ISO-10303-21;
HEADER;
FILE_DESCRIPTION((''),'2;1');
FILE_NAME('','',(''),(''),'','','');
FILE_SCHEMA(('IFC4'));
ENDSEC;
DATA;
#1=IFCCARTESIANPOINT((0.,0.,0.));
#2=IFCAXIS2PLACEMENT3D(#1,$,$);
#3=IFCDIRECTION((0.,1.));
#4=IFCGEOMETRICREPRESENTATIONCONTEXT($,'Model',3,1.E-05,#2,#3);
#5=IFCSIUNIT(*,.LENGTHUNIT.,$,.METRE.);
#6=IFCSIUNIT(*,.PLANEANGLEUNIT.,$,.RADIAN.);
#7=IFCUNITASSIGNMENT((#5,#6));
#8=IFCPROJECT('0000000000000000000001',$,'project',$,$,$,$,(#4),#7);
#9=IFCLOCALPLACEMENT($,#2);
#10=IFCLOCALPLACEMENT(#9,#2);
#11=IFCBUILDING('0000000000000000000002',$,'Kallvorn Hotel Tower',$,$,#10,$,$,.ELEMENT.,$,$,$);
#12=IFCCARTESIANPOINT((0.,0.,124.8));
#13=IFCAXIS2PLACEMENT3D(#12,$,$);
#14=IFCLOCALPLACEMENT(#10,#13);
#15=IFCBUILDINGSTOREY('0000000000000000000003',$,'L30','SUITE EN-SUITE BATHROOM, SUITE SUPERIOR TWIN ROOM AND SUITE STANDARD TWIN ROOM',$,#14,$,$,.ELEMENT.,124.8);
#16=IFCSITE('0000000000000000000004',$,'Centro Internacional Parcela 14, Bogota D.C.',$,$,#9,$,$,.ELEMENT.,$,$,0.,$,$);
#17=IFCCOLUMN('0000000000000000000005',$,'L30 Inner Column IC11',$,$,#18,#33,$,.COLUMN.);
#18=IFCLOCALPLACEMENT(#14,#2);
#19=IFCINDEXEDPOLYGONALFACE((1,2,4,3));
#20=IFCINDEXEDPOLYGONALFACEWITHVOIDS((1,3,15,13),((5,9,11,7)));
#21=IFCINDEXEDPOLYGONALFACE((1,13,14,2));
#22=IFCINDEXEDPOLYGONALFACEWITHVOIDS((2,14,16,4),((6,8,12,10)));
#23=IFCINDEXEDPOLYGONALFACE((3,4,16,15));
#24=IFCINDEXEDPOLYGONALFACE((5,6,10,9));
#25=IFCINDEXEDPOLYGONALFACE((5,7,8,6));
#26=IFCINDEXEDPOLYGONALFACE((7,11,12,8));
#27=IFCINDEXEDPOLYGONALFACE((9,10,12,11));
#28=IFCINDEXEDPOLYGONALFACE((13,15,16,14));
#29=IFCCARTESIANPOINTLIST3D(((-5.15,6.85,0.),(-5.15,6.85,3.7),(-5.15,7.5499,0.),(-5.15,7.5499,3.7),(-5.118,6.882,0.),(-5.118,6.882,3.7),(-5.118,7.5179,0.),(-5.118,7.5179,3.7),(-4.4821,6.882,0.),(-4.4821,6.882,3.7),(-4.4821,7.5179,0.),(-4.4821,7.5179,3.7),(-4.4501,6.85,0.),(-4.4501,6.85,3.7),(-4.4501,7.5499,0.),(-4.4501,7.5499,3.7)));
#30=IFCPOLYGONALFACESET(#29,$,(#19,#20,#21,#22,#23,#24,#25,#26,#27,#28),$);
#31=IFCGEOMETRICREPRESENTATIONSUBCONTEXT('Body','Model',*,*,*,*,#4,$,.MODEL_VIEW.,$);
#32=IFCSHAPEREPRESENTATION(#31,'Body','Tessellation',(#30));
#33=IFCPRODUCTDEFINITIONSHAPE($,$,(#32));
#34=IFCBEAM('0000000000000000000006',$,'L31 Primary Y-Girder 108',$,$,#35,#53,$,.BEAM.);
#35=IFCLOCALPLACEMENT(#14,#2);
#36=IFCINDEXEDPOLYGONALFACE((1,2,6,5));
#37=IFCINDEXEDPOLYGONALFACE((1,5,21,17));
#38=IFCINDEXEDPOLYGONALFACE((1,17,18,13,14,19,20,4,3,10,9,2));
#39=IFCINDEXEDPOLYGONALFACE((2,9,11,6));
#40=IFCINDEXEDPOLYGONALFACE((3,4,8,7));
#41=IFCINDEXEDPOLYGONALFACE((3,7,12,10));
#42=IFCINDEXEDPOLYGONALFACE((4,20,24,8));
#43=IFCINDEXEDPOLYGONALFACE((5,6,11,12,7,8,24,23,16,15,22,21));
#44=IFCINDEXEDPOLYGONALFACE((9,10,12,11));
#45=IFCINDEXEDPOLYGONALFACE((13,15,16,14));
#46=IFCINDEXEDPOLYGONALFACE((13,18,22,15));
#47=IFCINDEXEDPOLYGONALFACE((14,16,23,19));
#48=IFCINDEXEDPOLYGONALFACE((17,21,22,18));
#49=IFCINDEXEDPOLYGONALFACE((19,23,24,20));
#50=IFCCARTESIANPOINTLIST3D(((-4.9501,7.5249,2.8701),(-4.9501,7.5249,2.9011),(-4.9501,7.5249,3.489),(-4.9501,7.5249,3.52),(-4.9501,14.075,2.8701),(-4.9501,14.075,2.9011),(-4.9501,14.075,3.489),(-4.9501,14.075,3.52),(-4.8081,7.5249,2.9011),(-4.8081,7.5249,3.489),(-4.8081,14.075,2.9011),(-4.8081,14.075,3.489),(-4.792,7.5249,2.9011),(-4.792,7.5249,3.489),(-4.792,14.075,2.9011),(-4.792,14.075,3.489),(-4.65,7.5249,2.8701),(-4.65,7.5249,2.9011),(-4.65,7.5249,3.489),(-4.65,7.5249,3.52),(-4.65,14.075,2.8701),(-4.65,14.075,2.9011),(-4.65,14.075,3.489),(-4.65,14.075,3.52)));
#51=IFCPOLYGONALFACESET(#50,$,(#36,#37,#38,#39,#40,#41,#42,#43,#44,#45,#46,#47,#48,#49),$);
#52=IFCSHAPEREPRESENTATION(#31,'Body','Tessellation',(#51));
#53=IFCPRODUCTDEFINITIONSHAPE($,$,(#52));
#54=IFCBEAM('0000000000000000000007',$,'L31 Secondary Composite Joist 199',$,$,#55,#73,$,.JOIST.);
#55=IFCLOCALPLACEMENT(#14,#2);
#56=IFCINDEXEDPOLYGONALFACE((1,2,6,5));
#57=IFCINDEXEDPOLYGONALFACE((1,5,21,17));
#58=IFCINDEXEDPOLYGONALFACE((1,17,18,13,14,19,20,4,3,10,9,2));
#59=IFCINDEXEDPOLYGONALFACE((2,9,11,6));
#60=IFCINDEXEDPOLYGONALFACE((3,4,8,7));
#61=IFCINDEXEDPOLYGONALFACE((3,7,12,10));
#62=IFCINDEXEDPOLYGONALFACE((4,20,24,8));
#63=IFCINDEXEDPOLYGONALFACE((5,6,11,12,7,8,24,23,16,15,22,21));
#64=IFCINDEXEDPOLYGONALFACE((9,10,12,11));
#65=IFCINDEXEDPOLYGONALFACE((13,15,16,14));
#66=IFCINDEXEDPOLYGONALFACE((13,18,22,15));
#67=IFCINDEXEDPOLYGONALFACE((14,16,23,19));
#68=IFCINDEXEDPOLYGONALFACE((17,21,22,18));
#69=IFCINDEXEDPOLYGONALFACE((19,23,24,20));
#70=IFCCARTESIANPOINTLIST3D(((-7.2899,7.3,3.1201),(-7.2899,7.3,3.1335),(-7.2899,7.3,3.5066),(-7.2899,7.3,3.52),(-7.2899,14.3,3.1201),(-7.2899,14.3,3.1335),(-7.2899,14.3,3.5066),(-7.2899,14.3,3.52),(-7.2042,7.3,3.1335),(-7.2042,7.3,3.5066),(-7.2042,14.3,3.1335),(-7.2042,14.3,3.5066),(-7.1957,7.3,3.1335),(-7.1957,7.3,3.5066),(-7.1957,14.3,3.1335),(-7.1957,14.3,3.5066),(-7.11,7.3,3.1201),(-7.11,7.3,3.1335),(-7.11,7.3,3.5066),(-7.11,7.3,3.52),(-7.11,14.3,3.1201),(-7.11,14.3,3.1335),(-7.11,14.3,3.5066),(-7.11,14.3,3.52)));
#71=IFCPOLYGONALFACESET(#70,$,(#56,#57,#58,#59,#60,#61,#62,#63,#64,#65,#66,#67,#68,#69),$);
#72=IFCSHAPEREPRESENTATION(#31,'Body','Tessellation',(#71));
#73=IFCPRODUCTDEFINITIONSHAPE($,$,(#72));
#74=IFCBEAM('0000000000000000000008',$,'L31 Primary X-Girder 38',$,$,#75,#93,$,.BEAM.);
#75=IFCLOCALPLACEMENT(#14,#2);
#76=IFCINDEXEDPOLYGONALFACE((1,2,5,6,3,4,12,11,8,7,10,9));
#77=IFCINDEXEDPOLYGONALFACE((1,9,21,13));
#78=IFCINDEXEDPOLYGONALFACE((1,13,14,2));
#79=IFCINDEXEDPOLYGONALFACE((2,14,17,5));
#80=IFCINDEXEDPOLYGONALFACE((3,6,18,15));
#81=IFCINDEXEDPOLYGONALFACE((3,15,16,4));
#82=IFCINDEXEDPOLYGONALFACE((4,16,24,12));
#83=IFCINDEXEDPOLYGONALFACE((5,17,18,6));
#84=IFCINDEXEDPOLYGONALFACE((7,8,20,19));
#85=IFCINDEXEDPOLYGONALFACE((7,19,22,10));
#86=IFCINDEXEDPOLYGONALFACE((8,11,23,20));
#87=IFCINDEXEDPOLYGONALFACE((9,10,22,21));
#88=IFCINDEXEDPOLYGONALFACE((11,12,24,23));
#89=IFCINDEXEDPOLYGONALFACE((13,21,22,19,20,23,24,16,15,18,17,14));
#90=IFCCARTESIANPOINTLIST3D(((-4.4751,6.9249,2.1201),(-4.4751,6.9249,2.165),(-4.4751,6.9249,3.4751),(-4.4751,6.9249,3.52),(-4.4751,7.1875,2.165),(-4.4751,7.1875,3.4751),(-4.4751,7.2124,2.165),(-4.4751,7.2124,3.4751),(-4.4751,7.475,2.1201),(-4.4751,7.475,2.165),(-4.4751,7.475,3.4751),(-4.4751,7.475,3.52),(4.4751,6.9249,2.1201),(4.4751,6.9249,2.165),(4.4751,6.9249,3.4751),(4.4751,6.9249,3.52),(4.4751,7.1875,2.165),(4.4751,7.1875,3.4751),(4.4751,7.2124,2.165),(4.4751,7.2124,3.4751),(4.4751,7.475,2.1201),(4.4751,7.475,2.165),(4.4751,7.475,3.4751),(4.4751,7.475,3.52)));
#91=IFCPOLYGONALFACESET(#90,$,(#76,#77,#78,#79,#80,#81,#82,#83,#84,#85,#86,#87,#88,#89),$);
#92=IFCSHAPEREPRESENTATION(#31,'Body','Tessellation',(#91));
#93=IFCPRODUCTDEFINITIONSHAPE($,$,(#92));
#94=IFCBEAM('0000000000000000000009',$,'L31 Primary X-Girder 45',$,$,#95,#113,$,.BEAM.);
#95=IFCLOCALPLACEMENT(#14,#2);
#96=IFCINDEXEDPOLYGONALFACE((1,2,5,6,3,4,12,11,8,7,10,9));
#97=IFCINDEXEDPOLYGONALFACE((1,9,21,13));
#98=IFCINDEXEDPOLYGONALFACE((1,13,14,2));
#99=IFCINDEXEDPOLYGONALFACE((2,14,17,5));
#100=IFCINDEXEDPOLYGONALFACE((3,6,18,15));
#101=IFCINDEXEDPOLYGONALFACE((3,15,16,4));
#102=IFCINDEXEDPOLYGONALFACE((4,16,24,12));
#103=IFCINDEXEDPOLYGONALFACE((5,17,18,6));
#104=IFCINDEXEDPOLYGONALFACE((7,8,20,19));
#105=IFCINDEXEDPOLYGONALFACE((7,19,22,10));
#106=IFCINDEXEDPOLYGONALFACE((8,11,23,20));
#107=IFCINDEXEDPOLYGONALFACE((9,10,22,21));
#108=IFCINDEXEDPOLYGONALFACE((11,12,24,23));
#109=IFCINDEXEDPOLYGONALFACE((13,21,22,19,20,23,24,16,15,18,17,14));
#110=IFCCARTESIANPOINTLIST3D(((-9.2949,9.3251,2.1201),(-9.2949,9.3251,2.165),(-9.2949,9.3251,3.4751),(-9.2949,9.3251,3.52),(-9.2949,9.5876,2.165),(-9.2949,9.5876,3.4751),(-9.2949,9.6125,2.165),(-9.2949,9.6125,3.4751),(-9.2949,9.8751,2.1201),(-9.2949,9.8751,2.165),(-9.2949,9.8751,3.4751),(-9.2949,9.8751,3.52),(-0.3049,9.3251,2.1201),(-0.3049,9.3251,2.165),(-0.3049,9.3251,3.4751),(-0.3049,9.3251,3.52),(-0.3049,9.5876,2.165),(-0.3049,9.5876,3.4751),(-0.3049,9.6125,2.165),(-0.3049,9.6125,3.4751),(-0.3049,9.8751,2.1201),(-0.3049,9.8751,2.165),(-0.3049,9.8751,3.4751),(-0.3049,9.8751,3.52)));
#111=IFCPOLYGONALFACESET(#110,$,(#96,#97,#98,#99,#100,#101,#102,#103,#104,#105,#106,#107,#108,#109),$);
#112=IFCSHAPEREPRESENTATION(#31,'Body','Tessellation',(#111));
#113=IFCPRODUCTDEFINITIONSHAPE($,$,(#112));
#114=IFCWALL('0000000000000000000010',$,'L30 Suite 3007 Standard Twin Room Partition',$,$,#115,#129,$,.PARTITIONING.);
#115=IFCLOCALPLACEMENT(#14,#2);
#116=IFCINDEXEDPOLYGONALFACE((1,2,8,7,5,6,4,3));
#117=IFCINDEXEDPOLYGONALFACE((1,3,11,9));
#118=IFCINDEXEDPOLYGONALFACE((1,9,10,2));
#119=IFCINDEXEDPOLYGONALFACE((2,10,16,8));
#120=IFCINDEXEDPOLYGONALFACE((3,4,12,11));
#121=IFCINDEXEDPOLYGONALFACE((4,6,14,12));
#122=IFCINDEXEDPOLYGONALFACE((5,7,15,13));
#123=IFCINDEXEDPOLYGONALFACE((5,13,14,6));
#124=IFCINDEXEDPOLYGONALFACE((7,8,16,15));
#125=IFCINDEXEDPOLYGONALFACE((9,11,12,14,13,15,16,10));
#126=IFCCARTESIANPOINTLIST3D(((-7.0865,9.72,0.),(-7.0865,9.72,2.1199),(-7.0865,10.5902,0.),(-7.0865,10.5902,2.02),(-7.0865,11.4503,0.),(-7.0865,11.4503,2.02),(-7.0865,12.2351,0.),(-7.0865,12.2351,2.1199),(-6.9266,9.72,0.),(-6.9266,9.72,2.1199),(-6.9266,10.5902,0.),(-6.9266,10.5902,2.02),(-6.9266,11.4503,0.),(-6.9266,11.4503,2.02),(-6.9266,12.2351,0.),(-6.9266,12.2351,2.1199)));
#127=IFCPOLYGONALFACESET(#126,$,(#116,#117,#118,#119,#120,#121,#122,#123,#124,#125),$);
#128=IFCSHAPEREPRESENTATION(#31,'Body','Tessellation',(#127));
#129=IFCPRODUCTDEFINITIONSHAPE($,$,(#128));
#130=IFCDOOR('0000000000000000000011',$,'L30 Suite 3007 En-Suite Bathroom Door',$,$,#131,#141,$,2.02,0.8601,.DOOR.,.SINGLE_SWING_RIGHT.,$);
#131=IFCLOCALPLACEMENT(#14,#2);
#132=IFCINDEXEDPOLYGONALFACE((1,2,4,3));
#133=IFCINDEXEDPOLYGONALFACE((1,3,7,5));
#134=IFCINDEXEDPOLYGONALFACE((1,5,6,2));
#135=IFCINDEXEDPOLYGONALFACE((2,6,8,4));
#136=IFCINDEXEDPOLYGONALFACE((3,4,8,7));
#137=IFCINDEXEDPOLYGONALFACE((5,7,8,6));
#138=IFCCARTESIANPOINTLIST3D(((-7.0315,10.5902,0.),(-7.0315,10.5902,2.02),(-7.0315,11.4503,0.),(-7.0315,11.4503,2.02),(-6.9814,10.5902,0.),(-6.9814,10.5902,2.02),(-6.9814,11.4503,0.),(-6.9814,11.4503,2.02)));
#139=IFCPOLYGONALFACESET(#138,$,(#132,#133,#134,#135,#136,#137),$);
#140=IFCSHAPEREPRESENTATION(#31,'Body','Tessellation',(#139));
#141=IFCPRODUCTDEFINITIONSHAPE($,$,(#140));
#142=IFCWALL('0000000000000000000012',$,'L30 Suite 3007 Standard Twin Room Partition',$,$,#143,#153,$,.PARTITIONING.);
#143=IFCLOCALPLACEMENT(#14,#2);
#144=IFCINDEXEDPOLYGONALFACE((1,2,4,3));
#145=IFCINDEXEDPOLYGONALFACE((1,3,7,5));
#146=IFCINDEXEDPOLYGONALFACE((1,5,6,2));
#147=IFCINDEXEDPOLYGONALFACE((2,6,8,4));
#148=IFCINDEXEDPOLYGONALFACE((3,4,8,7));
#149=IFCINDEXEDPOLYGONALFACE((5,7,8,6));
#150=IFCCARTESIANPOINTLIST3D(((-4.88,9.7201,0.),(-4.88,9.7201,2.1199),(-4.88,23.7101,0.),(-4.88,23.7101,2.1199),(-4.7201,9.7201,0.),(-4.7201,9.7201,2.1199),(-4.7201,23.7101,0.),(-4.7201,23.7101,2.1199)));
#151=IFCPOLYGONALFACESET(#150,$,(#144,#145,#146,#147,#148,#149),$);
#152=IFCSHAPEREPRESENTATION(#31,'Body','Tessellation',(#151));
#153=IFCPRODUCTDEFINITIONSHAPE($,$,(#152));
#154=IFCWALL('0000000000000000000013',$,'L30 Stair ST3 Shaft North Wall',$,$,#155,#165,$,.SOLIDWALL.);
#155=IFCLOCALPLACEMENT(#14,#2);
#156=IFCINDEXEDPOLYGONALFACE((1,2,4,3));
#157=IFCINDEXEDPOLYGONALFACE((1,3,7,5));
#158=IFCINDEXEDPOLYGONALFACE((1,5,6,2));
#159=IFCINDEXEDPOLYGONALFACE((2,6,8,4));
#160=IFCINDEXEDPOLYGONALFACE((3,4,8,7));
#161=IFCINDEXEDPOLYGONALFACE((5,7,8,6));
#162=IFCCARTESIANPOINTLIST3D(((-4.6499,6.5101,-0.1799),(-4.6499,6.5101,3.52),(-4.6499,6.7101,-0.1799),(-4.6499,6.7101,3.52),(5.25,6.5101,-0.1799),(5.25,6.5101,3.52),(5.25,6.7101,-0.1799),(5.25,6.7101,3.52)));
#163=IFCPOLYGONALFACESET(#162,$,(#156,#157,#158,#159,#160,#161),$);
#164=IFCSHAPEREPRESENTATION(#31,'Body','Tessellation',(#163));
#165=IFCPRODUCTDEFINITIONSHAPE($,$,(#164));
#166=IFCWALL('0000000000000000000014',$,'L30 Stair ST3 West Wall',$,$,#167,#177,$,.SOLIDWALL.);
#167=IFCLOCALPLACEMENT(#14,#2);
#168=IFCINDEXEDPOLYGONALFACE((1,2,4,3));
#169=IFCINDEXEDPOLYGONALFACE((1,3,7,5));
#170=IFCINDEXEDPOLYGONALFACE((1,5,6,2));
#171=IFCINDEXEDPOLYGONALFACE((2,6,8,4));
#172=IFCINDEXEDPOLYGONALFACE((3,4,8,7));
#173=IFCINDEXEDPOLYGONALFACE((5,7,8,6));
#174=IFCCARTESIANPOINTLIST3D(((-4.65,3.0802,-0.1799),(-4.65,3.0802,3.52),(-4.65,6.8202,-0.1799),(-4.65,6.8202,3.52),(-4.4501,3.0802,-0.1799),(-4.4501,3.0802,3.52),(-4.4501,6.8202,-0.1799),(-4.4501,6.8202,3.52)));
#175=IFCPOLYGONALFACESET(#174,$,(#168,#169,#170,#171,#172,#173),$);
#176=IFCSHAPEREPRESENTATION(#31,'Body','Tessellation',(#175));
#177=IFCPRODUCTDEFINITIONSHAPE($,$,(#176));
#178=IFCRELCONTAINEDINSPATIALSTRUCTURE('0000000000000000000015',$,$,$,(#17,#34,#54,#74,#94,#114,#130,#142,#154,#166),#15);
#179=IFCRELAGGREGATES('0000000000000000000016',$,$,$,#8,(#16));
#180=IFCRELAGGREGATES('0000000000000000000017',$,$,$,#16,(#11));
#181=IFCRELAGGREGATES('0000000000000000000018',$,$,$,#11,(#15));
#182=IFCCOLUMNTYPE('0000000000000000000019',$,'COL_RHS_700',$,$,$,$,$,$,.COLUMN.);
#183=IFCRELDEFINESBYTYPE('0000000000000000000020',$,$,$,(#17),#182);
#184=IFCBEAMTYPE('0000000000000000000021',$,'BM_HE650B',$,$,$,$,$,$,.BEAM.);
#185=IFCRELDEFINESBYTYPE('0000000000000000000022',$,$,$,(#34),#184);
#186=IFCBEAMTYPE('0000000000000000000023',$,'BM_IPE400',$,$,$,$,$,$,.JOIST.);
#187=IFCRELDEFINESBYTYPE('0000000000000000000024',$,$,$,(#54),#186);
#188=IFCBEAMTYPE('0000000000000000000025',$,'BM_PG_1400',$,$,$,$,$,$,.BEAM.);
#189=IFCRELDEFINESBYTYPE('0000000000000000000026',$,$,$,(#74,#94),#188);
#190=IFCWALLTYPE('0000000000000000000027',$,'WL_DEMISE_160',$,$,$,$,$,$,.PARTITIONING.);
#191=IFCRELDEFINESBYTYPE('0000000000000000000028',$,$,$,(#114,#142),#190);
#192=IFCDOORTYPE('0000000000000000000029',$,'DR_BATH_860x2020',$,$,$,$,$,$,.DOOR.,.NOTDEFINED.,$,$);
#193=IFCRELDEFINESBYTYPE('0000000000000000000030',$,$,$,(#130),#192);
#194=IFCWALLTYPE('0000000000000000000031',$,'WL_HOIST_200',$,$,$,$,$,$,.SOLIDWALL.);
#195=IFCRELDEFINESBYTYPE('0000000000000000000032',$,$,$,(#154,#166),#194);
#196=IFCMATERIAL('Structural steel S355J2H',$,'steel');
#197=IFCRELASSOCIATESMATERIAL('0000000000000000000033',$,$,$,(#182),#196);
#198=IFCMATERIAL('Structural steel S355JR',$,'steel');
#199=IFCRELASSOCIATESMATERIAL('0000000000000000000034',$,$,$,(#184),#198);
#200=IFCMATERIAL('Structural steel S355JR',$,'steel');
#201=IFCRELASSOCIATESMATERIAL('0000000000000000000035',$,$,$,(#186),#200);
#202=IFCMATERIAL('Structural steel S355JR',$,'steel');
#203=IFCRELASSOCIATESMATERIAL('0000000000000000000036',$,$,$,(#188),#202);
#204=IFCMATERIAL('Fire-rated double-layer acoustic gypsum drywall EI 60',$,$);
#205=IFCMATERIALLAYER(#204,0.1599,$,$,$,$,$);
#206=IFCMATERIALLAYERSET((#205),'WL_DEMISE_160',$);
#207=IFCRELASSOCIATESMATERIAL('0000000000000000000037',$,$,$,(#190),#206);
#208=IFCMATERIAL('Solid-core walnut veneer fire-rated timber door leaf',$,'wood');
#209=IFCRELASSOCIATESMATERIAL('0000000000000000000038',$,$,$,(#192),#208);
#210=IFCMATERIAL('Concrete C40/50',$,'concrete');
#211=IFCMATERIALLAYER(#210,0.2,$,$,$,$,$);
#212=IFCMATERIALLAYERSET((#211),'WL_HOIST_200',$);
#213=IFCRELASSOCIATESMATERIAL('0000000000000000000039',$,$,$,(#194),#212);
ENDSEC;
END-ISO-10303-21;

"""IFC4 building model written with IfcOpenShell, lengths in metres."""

from ifc_helpers import new_model, si_unit, direction, frame, frame_2d, origin, origin_2d, place, context, subcontext, project, spatial, rectangle, hollow_rectangle, i_section, extrude, material, layer, layer_set, material_profile, profile_set, type_object, element, fill, save


model = new_model("IFC4")

# Units and contexts
model_context = context("Model", 3, precision=1e-05, world=origin(), true_north=direction((0.0, 1.0)))
body_context = subcontext(model_context, "Body", "Model", "MODEL_VIEW")
ifc_project = project(units=[si_unit("LENGTHUNIT", "METRE"), si_unit("PLANEANGLEUNIT", "RADIAN")], contexts=[model_context])

# Site, building, storey
site_placement = place(None, origin())
site = spatial("IfcSite", under=ifc_project, at=site_placement, Name="Centro Internacional Parcela 14, Bogota D.C.", CompositionType="ELEMENT", RefElevation=0.0)
building_placement = place(site_placement, origin())
building = spatial("IfcBuilding", under=site, at=building_placement, Name="Kallvorn Hotel Tower", CompositionType="ELEMENT")
storey_placement = place(building_placement, frame((0.0, 0.0, 124.8)))
storey = spatial("IfcBuildingStorey", under=building, at=storey_placement, Name="L30", Description="SUITE EN-SUITE BATHROOM, SUITE SUPERIOR TWIN ROOM AND SUITE STANDARD TWIN ROOM", CompositionType="ELEMENT", Elevation=124.8)

# Column
ifc_material_1 = material(Name="Structural steel S355J2H", Category="steel")
ifc_material_profile_1 = material_profile(ifc_material_1, hollow_rectangle(XDim=0.7, YDim=0.7, WallThickness=0.032, at=origin_2d()), Name="RHS 700x700x32")
ifc_profile_set_1 = profile_set([ifc_material_profile_1], Name="Structural steel S355J2H")
column_type = type_object("IfcColumnType", Name="COL_RHS_700", PredefinedType="COLUMN", material=ifc_profile_set_1)
column_placement = place(storey_placement, frame((-4.8, 7.2, 0.0), z_axis=(0.0, 0.0, 1.0), x_axis=(1.0, 0.0, 0.0)))
element("IfcColumn", 1, at=column_placement, inside=storey, type_object=column_type, Name="L30 Inner Column IC11", PredefinedType="COLUMN", context=body_context, shape_type="SweptSolid", body=[
    extrude(hollow_rectangle(XDim=0.7, YDim=0.7, WallThickness=0.032, at=origin_2d()), origin(), (0.0, 0.0, 1.0), 3.7),
])

# Beams
ifc_material_2 = material(Name="Structural steel S355JR", Category="steel")
ifc_material_profile_2 = material_profile(ifc_material_2, i_section(OverallWidth=0.3, OverallDepth=0.6499, WebThickness=0.0161, FlangeThickness=0.031, at=origin_2d()), Name="HE 650 B")
ifc_profile_set_2 = profile_set([ifc_material_profile_2], Name="Structural steel S355JR")
beam_type_1 = type_object("IfcBeamType", Name="BM_HE650B", PredefinedType="BEAM", material=ifc_profile_set_2)
beam_1_placement = place(storey_placement, frame((-4.8, 7.5249, 3.1951), z_axis=(0.0, 1.0, 0.0), x_axis=(-1.0, 0.0, 0.0)))
element("IfcBeam", 2, at=beam_1_placement, inside=storey, type_object=beam_type_1, Name="L31 Primary Y-Girder 108", PredefinedType="BEAM", context=body_context, shape_type="SweptSolid", body=[
    extrude(i_section(OverallWidth=0.3, OverallDepth=0.6499, WebThickness=0.0161, FlangeThickness=0.031, at=origin_2d()), origin(), (0.0, 0.0, 1.0), 6.55),
])
ifc_material_3 = material(Name="Structural steel S355JR", Category="steel")
ifc_material_profile_3 = material_profile(ifc_material_3, i_section(OverallWidth=0.1799, OverallDepth=0.3999, WebThickness=0.0085, FlangeThickness=0.0134, at=origin_2d()), Name="IPE 400")
ifc_profile_set_3 = profile_set([ifc_material_profile_3], Name="Structural steel S355JR")
beam_type_2 = type_object("IfcBeamType", Name="BM_IPE400", PredefinedType="JOIST", material=ifc_profile_set_3)
beam_2_placement = place(storey_placement, frame((-7.2, 7.3, 3.3201), z_axis=(0.0, 1.0, 0.0), x_axis=(-1.0, 0.0, 0.0)))
element("IfcBeam", 3, at=beam_2_placement, inside=storey, type_object=beam_type_2, Name="L31 Secondary Composite Joist 199", PredefinedType="JOIST", context=body_context, shape_type="SweptSolid", body=[
    extrude(i_section(OverallWidth=0.1799, OverallDepth=0.3999, WebThickness=0.0085, FlangeThickness=0.0134, at=origin_2d()), origin(), (0.0, 0.0, 1.0), 7.0),
])
ifc_material_4 = material(Name="Structural steel S355JR", Category="steel")
ifc_material_profile_4 = material_profile(ifc_material_4, i_section(OverallWidth=0.55, OverallDepth=1.3999, WebThickness=0.0249, FlangeThickness=0.0449, at=origin_2d()), Name="PG 1400x550x25x45")
ifc_profile_set_4 = profile_set([ifc_material_profile_4], Name="Structural steel S355JR")
beam_type_3 = type_object("IfcBeamType", Name="BM_PG_1400", PredefinedType="BEAM", material=ifc_profile_set_4)
beam_3_placement = place(storey_placement, frame((-4.4751, 7.2, 2.8201), z_axis=(1.0, 0.0, 0.0), x_axis=(0.0, 1.0, 0.0)))
element("IfcBeam", 4, at=beam_3_placement, inside=storey, type_object=beam_type_3, Name="L31 Primary X-Girder 38", PredefinedType="BEAM", context=body_context, shape_type="SweptSolid", body=[
    extrude(i_section(OverallWidth=0.55, OverallDepth=1.3999, WebThickness=0.0249, FlangeThickness=0.0449, at=origin_2d()), origin(), (0.0, 0.0, 1.0), 8.9502),
])
beam_4_placement = place(storey_placement, frame((-9.2949, 9.6001, 2.8201), z_axis=(1.0, 0.0, 0.0), x_axis=(0.0, 1.0, 0.0)))
element("IfcBeam", 5, at=beam_4_placement, inside=storey, type_object=beam_type_3, Name="L31 Primary X-Girder 45", PredefinedType="BEAM", context=body_context, shape_type="SweptSolid", body=[
    extrude(i_section(OverallWidth=0.55, OverallDepth=1.3999, WebThickness=0.0249, FlangeThickness=0.0449, at=origin_2d()), origin(), (0.0, 0.0, 1.0), 8.99),
])

# Wall, opening, door
ifc_material_5 = material(Name="Fire-rated double-layer acoustic gypsum drywall EI 60")
ifc_layer_1 = layer(ifc_material_5, 0.1599)
ifc_layer_set_1 = layer_set([ifc_layer_1], Name="WL_DEMISE_160")
wall_type_1 = type_object("IfcWallType", Name="WL_DEMISE_160", PredefinedType="PARTITIONING", material=ifc_layer_set_1)
wall_1_placement = place(storey_placement, frame((-7.0066, 9.72, 0.0), z_axis=(0.0, 0.0, 1.0), x_axis=(0.0, 1.0, 0.0)))
wall_1 = element("IfcWall", 6, at=wall_1_placement, inside=storey, type_object=wall_type_1, Name="L30 Suite 3007 Standard Twin Room Partition", PredefinedType="PARTITIONING", context=body_context, shape_type="SweptSolid", body=[
    extrude(rectangle(XDim=2.5151, YDim=0.1599, at=frame_2d((1.2576, 0.0))), origin(), (0.0, 0.0, 1.0), 2.1199),
])
opening_1_placement = place(wall_1_placement, frame((0.8701, 0.0, 0.0)))
opening_1 = element("IfcOpeningElement", 7, at=opening_1_placement, cuts=wall_1, PredefinedType="OPENING", context=body_context, shape_type="SweptSolid", body=[
    extrude(rectangle(XDim=0.8601, YDim=2.02, at=frame_2d((0.4302, 1.01))), frame((0.0, 0.095, 0.0), z_axis=(0.0, -1.0, 0.0), x_axis=(1.0, 0.0, 0.0)), (0.0, 0.0, 1.0), 0.1899),
])
ifc_material_6 = material(Name="Solid-core walnut veneer fire-rated timber door leaf", Category="wood")
door_type_1 = type_object("IfcDoorType", Name="DR_BATH_860x2020", OperationType="NOTDEFINED", PredefinedType="DOOR", material=ifc_material_6)
door_1_placement = place(opening_1_placement, origin())
door_1 = element("IfcDoor", 8, at=door_1_placement, inside=storey, type_object=door_type_1, Name="L30 Suite 3007 En-Suite Bathroom Door", OperationType="SINGLE_SWING_RIGHT", OverallHeight=2.02, OverallWidth=0.8601, PredefinedType="DOOR", context=body_context, shape_type="SweptSolid", body=[
    extrude(rectangle(XDim=0.8601, YDim=2.02, at=frame_2d((0.4302, 1.01))), frame((0.0, 0.0249, 0.0), z_axis=(0.0, -1.0, 0.0), x_axis=(1.0, 0.0, 0.0)), (0.0, 0.0, 1.0), 0.05),
])
fill(opening_1, door_1)

# Walls
wall_2_placement = place(storey_placement, frame((-4.8, 9.72, 0.0), z_axis=(0.0, 0.0, 1.0), x_axis=(0.0, 1.0, 0.0)))
element("IfcWall", 9, at=wall_2_placement, inside=storey, type_object=wall_type_1, Name="L30 Suite 3007 Standard Twin Room Partition", PredefinedType="PARTITIONING", context=body_context, shape_type="SweptSolid", body=[
    extrude(rectangle(XDim=13.99, YDim=0.1599, at=frame_2d((6.9951, 0.0))), origin(), (0.0, 0.0, 1.0), 2.1199),
])
ifc_material_7 = material(Name="Concrete C40/50", Category="concrete")
ifc_layer_2 = layer(ifc_material_7, 0.2)
ifc_layer_set_2 = layer_set([ifc_layer_2], Name="WL_HOIST_200")
wall_type_2 = type_object("IfcWallType", Name="WL_HOIST_200", PredefinedType="SOLIDWALL", material=ifc_layer_set_2)
wall_3_placement = place(storey_placement, frame((-4.6499, 6.6101, -0.1799), z_axis=(0.0, 0.0, 1.0), x_axis=(1.0, 0.0, 0.0)))
element("IfcWall", 10, at=wall_3_placement, inside=storey, type_object=wall_type_2, Name="L30 Stair ST3 Shaft North Wall", PredefinedType="SOLIDWALL", context=body_context, shape_type="SweptSolid", body=[
    extrude(rectangle(XDim=9.8999, YDim=0.2, at=frame_2d((4.95, 0.0))), origin(), (0.0, 0.0, 1.0), 3.7),
])
wall_4_placement = place(storey_placement, frame((-4.55, 3.0801, -0.1799), z_axis=(0.0, 0.0, 1.0), x_axis=(0.0, 1.0, 0.0)))
element("IfcWall", 11, at=wall_4_placement, inside=storey, type_object=wall_type_2, Name="L30 Stair ST3 West Wall", PredefinedType="SOLIDWALL", context=body_context, shape_type="SweptSolid", body=[
    extrude(rectangle(XDim=3.74, YDim=0.2, at=frame_2d((1.8701, 0.0))), origin(), (0.0, 0.0, 1.0), 3.7),
])

save(model, "model.ifc")
